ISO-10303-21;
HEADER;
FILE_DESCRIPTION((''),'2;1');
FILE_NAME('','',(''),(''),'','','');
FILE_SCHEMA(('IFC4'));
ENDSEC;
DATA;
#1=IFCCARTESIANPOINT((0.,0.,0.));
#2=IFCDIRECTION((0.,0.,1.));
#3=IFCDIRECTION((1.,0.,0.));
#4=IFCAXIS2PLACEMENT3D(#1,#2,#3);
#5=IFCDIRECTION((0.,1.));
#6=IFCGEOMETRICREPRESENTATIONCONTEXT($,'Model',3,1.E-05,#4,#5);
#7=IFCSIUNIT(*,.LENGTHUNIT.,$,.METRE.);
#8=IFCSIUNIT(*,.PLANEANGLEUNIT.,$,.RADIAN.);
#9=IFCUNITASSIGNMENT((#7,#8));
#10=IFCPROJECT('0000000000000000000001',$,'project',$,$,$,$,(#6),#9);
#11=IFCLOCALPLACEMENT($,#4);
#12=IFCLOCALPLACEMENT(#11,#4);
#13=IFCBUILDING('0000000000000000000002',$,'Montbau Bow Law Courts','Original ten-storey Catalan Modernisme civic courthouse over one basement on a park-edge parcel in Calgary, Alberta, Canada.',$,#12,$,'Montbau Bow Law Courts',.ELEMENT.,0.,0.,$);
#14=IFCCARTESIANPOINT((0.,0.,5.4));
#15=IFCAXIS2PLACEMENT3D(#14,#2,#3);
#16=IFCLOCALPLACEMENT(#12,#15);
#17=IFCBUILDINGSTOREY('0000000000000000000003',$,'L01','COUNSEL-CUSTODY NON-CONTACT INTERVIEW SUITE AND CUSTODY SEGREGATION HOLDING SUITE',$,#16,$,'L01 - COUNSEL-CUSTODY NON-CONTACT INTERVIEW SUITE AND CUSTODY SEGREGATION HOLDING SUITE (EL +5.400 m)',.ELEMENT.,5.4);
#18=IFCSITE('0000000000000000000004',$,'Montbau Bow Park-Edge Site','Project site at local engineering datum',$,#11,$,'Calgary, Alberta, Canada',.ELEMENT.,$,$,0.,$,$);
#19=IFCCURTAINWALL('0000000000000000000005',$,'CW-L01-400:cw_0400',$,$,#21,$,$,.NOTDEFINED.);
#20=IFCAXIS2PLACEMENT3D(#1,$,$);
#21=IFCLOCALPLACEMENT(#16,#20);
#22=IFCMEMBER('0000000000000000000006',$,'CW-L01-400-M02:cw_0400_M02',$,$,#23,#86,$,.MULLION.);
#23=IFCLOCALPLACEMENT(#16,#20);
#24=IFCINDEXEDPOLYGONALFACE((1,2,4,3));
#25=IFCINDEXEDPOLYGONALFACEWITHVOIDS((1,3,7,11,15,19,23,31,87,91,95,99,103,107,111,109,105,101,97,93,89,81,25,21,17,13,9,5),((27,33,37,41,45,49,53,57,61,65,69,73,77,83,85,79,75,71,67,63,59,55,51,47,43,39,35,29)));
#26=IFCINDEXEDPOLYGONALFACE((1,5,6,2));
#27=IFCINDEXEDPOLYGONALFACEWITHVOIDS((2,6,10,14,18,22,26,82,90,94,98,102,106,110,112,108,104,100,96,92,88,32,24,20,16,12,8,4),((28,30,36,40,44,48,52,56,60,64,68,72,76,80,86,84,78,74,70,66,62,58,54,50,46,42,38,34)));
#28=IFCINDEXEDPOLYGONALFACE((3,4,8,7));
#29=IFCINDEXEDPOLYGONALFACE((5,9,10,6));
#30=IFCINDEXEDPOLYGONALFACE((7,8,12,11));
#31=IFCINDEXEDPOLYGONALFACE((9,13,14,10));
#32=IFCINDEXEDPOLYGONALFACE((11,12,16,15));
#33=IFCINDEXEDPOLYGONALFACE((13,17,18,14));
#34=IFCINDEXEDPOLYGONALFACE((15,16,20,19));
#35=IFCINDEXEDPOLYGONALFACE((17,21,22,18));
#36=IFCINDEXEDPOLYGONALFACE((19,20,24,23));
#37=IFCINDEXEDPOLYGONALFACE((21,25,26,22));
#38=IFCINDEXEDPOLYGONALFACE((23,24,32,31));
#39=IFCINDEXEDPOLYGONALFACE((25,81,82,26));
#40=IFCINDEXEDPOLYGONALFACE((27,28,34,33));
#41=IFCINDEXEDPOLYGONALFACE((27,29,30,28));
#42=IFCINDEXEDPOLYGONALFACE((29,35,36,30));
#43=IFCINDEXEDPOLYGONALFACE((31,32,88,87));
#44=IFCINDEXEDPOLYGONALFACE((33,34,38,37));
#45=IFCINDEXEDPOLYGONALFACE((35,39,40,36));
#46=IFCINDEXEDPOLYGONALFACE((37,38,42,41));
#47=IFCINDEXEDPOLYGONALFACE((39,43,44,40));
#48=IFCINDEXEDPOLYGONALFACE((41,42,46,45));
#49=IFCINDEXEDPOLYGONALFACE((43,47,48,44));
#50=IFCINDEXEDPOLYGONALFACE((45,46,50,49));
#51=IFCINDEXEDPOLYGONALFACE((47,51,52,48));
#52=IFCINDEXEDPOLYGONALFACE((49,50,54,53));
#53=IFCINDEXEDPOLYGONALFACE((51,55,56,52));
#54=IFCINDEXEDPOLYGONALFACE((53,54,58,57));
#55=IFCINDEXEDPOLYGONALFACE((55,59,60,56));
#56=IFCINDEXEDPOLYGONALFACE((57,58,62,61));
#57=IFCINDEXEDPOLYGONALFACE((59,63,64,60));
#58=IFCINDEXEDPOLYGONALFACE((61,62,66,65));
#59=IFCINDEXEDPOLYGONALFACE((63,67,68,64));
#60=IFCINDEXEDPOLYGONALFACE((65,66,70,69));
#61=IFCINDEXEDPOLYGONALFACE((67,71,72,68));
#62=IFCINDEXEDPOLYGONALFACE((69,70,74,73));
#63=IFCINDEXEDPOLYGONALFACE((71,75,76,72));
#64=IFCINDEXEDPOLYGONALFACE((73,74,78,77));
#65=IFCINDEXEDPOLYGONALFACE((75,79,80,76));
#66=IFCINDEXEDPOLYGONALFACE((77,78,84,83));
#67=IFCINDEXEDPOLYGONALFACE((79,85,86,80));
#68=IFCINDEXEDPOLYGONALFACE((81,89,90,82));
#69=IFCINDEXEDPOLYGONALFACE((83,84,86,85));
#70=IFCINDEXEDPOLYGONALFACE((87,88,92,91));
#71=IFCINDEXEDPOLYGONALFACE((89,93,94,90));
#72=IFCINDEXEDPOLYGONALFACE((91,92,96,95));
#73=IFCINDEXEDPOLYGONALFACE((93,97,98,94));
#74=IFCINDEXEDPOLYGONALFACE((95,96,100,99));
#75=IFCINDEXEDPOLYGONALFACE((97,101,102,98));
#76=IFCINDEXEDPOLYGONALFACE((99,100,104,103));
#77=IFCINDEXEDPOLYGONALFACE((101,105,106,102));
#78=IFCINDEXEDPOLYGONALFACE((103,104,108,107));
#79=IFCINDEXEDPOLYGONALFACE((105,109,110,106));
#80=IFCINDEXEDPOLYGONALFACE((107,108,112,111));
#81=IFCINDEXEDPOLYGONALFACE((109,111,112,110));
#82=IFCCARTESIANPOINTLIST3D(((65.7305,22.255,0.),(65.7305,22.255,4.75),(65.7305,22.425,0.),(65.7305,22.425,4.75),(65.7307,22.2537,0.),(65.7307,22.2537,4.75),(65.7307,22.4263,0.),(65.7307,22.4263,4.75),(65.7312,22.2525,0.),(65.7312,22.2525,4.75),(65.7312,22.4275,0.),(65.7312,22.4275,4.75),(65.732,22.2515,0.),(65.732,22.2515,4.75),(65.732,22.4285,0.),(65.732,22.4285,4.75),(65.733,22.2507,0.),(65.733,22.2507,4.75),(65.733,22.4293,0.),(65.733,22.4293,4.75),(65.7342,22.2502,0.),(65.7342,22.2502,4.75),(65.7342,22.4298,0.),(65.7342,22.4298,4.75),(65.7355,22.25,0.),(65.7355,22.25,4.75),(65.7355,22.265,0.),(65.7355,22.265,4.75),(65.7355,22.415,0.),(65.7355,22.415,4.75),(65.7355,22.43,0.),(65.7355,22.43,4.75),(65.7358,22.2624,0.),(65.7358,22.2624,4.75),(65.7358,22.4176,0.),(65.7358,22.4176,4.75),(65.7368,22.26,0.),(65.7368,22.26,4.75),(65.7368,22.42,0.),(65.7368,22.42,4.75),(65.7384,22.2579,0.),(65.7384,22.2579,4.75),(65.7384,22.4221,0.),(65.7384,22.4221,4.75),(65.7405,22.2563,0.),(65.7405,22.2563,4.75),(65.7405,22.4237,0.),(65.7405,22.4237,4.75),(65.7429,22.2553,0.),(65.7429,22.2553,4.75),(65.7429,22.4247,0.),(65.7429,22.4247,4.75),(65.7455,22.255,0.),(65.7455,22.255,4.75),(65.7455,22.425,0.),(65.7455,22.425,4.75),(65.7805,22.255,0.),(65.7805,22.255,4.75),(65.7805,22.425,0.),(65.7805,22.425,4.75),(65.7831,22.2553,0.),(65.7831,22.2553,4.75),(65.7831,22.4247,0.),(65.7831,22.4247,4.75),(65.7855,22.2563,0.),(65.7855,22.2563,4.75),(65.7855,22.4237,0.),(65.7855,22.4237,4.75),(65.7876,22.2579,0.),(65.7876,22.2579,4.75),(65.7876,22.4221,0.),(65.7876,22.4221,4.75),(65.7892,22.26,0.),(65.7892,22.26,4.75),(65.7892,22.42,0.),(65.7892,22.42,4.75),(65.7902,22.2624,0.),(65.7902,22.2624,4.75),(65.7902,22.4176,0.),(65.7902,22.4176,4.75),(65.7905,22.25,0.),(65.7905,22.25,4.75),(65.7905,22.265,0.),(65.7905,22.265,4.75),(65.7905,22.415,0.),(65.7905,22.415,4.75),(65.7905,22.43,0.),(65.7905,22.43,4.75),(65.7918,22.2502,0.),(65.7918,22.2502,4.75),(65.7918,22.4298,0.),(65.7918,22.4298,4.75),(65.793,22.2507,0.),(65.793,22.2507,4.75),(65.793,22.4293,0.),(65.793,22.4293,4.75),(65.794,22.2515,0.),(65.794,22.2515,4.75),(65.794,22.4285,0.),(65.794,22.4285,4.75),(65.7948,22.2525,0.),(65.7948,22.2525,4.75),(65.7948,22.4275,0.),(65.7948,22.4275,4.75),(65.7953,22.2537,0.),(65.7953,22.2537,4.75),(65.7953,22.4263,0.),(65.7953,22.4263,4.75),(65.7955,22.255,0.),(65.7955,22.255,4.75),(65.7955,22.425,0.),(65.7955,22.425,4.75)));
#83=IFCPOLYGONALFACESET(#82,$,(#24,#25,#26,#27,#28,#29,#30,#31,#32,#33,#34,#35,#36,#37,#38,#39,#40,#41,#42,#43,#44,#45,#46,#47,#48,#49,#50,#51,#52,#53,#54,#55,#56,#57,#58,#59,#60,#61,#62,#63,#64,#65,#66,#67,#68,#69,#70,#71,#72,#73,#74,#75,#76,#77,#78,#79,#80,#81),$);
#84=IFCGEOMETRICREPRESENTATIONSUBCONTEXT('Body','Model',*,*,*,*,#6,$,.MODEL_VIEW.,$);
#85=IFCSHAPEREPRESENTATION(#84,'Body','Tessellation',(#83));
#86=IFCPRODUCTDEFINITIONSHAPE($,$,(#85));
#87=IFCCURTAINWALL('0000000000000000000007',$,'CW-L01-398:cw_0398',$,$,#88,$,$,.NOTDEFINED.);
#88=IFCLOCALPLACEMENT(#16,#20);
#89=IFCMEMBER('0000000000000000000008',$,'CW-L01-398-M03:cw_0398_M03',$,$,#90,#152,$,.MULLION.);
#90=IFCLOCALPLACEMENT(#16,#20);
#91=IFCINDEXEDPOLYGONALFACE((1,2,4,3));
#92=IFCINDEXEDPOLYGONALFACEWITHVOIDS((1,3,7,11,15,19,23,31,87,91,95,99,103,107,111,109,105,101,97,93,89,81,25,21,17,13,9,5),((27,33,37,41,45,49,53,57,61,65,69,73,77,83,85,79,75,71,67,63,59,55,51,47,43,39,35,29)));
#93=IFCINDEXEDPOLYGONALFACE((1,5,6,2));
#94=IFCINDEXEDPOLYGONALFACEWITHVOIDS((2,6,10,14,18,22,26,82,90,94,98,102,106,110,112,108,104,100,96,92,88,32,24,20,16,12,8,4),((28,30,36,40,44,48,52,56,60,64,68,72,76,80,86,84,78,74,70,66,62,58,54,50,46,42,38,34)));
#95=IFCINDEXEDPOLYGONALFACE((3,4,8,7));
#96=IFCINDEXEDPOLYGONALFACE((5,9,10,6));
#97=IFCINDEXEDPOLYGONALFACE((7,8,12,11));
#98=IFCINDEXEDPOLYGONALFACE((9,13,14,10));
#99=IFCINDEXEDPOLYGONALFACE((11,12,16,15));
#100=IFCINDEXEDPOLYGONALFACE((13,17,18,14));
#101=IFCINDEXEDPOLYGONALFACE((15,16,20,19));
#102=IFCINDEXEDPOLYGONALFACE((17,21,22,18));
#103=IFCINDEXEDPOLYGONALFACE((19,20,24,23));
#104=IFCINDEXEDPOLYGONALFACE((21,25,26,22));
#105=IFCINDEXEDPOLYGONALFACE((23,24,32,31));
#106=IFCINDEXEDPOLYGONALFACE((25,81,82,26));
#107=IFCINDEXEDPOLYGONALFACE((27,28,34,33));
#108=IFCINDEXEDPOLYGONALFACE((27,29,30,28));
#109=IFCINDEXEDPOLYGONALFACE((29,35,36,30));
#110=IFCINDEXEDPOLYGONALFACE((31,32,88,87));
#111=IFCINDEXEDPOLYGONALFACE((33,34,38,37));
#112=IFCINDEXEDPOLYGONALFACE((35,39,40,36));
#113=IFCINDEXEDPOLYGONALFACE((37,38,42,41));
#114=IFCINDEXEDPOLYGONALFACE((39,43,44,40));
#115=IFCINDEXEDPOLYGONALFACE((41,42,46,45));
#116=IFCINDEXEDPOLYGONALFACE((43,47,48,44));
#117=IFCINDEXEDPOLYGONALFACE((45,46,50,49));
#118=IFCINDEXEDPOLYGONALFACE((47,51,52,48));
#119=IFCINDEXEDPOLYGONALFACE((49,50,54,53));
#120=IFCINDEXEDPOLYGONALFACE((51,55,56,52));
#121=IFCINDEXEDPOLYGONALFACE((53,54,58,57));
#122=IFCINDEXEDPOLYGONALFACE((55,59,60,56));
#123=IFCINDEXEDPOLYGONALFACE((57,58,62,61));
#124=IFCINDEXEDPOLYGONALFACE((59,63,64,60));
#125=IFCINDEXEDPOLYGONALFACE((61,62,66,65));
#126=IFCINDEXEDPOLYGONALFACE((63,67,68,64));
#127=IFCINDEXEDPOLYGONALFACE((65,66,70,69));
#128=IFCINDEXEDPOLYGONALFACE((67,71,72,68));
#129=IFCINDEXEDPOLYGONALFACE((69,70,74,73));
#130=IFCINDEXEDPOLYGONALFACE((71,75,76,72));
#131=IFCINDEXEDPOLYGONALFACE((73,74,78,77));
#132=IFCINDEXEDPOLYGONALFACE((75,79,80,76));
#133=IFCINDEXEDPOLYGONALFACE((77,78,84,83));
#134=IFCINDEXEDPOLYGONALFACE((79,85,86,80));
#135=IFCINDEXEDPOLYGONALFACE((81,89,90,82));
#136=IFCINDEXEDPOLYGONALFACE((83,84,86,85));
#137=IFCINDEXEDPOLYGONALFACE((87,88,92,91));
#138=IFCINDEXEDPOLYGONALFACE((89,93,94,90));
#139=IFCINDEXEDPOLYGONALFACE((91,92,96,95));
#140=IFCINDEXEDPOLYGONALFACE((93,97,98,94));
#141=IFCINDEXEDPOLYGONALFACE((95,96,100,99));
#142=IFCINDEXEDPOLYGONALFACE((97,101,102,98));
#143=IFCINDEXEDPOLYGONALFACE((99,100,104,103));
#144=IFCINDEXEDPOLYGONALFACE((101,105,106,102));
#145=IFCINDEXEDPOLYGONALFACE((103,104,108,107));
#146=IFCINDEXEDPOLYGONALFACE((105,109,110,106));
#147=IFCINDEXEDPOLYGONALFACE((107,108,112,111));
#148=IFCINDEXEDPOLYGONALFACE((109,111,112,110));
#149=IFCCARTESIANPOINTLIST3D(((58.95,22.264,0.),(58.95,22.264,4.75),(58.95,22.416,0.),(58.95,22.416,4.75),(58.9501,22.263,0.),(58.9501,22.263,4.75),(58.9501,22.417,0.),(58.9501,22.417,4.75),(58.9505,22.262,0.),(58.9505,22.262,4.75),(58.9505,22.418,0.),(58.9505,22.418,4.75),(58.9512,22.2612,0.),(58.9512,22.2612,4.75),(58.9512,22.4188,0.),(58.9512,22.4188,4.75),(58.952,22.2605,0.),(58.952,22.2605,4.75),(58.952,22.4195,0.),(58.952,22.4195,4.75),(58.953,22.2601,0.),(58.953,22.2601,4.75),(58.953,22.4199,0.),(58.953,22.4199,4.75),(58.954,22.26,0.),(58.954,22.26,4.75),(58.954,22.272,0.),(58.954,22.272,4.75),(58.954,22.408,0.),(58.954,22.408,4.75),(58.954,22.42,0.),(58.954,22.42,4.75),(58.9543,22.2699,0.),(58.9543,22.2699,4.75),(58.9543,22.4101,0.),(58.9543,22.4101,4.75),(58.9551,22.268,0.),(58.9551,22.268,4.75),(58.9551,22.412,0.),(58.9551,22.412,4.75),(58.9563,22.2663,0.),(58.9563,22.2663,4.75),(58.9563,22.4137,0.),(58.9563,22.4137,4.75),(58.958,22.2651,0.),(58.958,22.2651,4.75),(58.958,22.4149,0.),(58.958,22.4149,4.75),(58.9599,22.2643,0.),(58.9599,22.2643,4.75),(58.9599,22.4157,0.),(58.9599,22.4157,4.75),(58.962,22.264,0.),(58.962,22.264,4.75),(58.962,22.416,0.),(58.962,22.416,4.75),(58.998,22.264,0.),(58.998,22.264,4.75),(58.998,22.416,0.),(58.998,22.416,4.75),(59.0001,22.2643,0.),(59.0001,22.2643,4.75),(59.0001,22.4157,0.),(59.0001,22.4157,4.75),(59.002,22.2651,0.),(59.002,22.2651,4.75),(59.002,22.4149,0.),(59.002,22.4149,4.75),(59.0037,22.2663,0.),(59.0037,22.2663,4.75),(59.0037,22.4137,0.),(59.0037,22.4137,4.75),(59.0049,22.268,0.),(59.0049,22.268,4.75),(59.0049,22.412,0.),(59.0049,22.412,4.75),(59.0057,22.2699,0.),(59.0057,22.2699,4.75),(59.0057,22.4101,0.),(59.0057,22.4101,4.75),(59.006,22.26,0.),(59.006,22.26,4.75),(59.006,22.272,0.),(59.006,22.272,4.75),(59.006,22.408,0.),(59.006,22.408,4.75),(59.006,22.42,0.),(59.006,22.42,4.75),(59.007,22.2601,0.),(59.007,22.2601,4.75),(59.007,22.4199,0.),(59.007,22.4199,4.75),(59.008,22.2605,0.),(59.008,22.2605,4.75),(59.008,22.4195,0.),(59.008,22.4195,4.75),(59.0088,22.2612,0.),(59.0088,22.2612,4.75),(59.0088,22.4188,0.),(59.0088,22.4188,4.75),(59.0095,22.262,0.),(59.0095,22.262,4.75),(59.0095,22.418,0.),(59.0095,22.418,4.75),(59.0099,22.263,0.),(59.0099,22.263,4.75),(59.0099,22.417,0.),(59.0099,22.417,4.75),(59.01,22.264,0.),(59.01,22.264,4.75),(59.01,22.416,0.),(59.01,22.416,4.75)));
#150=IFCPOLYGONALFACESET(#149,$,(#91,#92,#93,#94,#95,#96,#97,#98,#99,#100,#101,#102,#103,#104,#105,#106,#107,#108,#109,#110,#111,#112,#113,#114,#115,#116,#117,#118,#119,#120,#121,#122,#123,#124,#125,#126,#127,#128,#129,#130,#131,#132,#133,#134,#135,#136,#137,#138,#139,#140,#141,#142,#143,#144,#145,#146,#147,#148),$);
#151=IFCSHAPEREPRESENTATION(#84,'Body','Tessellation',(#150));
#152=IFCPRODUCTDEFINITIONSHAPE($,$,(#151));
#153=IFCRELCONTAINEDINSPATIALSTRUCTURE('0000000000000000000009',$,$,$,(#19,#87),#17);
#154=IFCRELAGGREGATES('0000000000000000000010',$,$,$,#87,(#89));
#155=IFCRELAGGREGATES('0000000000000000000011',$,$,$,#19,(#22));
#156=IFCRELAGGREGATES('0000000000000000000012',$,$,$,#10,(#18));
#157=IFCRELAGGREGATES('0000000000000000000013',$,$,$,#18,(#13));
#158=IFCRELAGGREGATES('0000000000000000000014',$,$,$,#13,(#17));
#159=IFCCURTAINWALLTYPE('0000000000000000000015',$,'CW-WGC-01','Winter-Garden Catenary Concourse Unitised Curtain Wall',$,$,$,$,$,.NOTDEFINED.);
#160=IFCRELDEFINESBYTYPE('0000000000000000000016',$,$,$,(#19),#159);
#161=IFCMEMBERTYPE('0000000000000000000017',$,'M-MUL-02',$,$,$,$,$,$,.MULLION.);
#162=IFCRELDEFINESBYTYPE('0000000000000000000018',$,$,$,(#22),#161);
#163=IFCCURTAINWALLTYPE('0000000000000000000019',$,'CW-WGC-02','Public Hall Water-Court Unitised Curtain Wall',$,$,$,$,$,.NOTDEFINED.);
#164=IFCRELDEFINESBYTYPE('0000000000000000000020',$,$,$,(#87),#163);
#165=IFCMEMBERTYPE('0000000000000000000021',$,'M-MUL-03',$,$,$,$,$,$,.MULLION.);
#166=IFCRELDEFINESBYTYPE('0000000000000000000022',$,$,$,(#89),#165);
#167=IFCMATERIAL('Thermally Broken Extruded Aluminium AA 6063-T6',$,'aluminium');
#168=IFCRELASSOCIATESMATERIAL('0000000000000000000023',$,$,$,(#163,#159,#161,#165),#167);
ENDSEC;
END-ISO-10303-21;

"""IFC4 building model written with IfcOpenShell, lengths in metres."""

from ifc_helpers import new_model, si_unit, direction, frame, origin_with_axes, origin_2d_with_axis, place, context, subcontext, project, spatial, hollow_rectangle, extrude, material, material_profile, profile_set, type_object, element, aggregate, save


model = new_model("IFC4")

# Units and contexts
model_context = context("Model", 3, precision=1e-05, world=origin_with_axes(), true_north=direction((0.0, 1.0)))
body_context = subcontext(model_context, "Body", "Model", "MODEL_VIEW")
ifc_project = project(units=[si_unit("LENGTHUNIT", "METRE"), si_unit("PLANEANGLEUNIT", "RADIAN")], contexts=[model_context])

# Site, building, storey
site_placement = place(None, origin_with_axes())
site = spatial("IfcSite", under=ifc_project, at=site_placement, Name="Montbau Bow Park-Edge Site", Description="Project site at local engineering datum", LongName="Calgary, Alberta, Canada", CompositionType="ELEMENT", RefElevation=0.0)
building_placement = place(site_placement, origin_with_axes())
building = spatial("IfcBuilding", under=site, at=building_placement, Name="Montbau Bow Law Courts", Description="Original ten-storey Catalan Modernisme civic courthouse over one basement on a park-edge parcel in Calgary, Alberta, Canada.", LongName="Montbau Bow Law Courts", CompositionType="ELEMENT", ElevationOfRefHeight=0.0, ElevationOfTerrain=0.0)
storey_placement = place(building_placement, frame((0.0, 0.0, 5.4), z_axis=(0.0, 0.0, 1.0), x_axis=(1.0, 0.0, 0.0)))
storey = spatial("IfcBuildingStorey", under=building, at=storey_placement, Name="L01", Description="COUNSEL-CUSTODY NON-CONTACT INTERVIEW SUITE AND CUSTODY SEGREGATION HOLDING SUITE", LongName="L01 - COUNSEL-CUSTODY NON-CONTACT INTERVIEW SUITE AND CUSTODY SEGREGATION HOLDING SUITE (EL +5.400 m)", CompositionType="ELEMENT", Elevation=5.4)

# Curtain wall, member
ifc_material_1 = material(Name="Thermally Broken Extruded Aluminium AA 6063-T6", Category="aluminium")
curtain_wall_type_1 = type_object("IfcCurtainWallType", Name="CW-WGC-02", Description="Public Hall Water-Court Unitised Curtain Wall", PredefinedType="NOTDEFINED", material=ifc_material_1)
curtain_wall_type_2 = type_object("IfcCurtainWallType", Name="CW-WGC-01", Description="Winter-Garden Catenary Concourse Unitised Curtain Wall", PredefinedType="NOTDEFINED", material=ifc_material_1)
curtain_wall_1_placement = place(None, frame((64.115, 22.34, 5.4), z_axis=(0.0, 0.0, 1.0), x_axis=(1.0, 0.0, 0.0)))
curtain_wall_1 = element("IfcCurtainWall", 1, at=curtain_wall_1_placement, inside=storey, type_object=curtain_wall_type_2, Name="CW-L01-400:cw_0400", PredefinedType="NOTDEFINED")
ifc_material_profile_1 = material_profile(ifc_material_1, hollow_rectangle(XDim=0.065, YDim=0.18, WallThickness=0.005, InnerFilletRadius=0.01, OuterFilletRadius=0.005, at=origin_2d_with_axis()), Name="CWM-180X65", Category="Main", Priority=0)
ifc_profile_set_1 = profile_set([ifc_material_profile_1], Name="Thermally Broken Extruded Aluminium AA 6063-T6")
member_type_1 = type_object("IfcMemberType", Name="M-MUL-02", PredefinedType="MULLION", material=ifc_profile_set_1)
member_1_placement = place(None, frame((65.763, 22.34, 5.4), z_axis=(0.0, 0.0, 1.0), x_axis=(1.0, 0.0, 0.0)))
member_1 = element("IfcMember", 2, at=member_1_placement, type_object=member_type_1, Name="CW-L01-400-M02:cw_0400_M02", PredefinedType="MULLION", context=body_context, shape_type="SweptSolid", body=[
    extrude(hollow_rectangle(XDim=0.065, YDim=0.18, WallThickness=0.005, InnerFilletRadius=0.01, OuterFilletRadius=0.005, at=origin_2d_with_axis()), origin_with_axes(), (0.0, 0.0, 1.0), 4.75),
])

# Curtain wall, member
curtain_wall_2_placement = place(None, frame((55.715, 22.34, 5.4), z_axis=(0.0, 0.0, 1.0), x_axis=(1.0, 0.0, 0.0)))
curtain_wall_2 = element("IfcCurtainWall", 3, at=curtain_wall_2_placement, inside=storey, type_object=curtain_wall_type_1, Name="CW-L01-398:cw_0398", PredefinedType="NOTDEFINED")
ifc_material_profile_2 = material_profile(ifc_material_1, hollow_rectangle(XDim=0.06, YDim=0.16, WallThickness=0.004, InnerFilletRadius=0.008, OuterFilletRadius=0.004, at=origin_2d_with_axis()), Name="CWM-160X60", Category="Main", Priority=0)
ifc_profile_set_2 = profile_set([ifc_material_profile_2], Name="Thermally Broken Extruded Aluminium AA 6063-T6")
member_type_2 = type_object("IfcMemberType", Name="M-MUL-03", PredefinedType="MULLION", material=ifc_profile_set_2)
member_2_placement = place(None, frame((58.98, 22.34, 5.4), z_axis=(0.0, 0.0, 1.0), x_axis=(1.0, 0.0, 0.0)))
member_2 = element("IfcMember", 4, at=member_2_placement, type_object=member_type_2, Name="CW-L01-398-M03:cw_0398_M03", PredefinedType="MULLION", context=body_context, shape_type="SweptSolid", body=[
    extrude(hollow_rectangle(XDim=0.06, YDim=0.16, WallThickness=0.004, InnerFilletRadius=0.008, OuterFilletRadius=0.004, at=origin_2d_with_axis()), origin_with_axes(), (0.0, 0.0, 1.0), 4.75),
])
aggregate(curtain_wall_2, [member_2])

aggregate(curtain_wall_1, [member_1])

save(model, "model.ifc")
